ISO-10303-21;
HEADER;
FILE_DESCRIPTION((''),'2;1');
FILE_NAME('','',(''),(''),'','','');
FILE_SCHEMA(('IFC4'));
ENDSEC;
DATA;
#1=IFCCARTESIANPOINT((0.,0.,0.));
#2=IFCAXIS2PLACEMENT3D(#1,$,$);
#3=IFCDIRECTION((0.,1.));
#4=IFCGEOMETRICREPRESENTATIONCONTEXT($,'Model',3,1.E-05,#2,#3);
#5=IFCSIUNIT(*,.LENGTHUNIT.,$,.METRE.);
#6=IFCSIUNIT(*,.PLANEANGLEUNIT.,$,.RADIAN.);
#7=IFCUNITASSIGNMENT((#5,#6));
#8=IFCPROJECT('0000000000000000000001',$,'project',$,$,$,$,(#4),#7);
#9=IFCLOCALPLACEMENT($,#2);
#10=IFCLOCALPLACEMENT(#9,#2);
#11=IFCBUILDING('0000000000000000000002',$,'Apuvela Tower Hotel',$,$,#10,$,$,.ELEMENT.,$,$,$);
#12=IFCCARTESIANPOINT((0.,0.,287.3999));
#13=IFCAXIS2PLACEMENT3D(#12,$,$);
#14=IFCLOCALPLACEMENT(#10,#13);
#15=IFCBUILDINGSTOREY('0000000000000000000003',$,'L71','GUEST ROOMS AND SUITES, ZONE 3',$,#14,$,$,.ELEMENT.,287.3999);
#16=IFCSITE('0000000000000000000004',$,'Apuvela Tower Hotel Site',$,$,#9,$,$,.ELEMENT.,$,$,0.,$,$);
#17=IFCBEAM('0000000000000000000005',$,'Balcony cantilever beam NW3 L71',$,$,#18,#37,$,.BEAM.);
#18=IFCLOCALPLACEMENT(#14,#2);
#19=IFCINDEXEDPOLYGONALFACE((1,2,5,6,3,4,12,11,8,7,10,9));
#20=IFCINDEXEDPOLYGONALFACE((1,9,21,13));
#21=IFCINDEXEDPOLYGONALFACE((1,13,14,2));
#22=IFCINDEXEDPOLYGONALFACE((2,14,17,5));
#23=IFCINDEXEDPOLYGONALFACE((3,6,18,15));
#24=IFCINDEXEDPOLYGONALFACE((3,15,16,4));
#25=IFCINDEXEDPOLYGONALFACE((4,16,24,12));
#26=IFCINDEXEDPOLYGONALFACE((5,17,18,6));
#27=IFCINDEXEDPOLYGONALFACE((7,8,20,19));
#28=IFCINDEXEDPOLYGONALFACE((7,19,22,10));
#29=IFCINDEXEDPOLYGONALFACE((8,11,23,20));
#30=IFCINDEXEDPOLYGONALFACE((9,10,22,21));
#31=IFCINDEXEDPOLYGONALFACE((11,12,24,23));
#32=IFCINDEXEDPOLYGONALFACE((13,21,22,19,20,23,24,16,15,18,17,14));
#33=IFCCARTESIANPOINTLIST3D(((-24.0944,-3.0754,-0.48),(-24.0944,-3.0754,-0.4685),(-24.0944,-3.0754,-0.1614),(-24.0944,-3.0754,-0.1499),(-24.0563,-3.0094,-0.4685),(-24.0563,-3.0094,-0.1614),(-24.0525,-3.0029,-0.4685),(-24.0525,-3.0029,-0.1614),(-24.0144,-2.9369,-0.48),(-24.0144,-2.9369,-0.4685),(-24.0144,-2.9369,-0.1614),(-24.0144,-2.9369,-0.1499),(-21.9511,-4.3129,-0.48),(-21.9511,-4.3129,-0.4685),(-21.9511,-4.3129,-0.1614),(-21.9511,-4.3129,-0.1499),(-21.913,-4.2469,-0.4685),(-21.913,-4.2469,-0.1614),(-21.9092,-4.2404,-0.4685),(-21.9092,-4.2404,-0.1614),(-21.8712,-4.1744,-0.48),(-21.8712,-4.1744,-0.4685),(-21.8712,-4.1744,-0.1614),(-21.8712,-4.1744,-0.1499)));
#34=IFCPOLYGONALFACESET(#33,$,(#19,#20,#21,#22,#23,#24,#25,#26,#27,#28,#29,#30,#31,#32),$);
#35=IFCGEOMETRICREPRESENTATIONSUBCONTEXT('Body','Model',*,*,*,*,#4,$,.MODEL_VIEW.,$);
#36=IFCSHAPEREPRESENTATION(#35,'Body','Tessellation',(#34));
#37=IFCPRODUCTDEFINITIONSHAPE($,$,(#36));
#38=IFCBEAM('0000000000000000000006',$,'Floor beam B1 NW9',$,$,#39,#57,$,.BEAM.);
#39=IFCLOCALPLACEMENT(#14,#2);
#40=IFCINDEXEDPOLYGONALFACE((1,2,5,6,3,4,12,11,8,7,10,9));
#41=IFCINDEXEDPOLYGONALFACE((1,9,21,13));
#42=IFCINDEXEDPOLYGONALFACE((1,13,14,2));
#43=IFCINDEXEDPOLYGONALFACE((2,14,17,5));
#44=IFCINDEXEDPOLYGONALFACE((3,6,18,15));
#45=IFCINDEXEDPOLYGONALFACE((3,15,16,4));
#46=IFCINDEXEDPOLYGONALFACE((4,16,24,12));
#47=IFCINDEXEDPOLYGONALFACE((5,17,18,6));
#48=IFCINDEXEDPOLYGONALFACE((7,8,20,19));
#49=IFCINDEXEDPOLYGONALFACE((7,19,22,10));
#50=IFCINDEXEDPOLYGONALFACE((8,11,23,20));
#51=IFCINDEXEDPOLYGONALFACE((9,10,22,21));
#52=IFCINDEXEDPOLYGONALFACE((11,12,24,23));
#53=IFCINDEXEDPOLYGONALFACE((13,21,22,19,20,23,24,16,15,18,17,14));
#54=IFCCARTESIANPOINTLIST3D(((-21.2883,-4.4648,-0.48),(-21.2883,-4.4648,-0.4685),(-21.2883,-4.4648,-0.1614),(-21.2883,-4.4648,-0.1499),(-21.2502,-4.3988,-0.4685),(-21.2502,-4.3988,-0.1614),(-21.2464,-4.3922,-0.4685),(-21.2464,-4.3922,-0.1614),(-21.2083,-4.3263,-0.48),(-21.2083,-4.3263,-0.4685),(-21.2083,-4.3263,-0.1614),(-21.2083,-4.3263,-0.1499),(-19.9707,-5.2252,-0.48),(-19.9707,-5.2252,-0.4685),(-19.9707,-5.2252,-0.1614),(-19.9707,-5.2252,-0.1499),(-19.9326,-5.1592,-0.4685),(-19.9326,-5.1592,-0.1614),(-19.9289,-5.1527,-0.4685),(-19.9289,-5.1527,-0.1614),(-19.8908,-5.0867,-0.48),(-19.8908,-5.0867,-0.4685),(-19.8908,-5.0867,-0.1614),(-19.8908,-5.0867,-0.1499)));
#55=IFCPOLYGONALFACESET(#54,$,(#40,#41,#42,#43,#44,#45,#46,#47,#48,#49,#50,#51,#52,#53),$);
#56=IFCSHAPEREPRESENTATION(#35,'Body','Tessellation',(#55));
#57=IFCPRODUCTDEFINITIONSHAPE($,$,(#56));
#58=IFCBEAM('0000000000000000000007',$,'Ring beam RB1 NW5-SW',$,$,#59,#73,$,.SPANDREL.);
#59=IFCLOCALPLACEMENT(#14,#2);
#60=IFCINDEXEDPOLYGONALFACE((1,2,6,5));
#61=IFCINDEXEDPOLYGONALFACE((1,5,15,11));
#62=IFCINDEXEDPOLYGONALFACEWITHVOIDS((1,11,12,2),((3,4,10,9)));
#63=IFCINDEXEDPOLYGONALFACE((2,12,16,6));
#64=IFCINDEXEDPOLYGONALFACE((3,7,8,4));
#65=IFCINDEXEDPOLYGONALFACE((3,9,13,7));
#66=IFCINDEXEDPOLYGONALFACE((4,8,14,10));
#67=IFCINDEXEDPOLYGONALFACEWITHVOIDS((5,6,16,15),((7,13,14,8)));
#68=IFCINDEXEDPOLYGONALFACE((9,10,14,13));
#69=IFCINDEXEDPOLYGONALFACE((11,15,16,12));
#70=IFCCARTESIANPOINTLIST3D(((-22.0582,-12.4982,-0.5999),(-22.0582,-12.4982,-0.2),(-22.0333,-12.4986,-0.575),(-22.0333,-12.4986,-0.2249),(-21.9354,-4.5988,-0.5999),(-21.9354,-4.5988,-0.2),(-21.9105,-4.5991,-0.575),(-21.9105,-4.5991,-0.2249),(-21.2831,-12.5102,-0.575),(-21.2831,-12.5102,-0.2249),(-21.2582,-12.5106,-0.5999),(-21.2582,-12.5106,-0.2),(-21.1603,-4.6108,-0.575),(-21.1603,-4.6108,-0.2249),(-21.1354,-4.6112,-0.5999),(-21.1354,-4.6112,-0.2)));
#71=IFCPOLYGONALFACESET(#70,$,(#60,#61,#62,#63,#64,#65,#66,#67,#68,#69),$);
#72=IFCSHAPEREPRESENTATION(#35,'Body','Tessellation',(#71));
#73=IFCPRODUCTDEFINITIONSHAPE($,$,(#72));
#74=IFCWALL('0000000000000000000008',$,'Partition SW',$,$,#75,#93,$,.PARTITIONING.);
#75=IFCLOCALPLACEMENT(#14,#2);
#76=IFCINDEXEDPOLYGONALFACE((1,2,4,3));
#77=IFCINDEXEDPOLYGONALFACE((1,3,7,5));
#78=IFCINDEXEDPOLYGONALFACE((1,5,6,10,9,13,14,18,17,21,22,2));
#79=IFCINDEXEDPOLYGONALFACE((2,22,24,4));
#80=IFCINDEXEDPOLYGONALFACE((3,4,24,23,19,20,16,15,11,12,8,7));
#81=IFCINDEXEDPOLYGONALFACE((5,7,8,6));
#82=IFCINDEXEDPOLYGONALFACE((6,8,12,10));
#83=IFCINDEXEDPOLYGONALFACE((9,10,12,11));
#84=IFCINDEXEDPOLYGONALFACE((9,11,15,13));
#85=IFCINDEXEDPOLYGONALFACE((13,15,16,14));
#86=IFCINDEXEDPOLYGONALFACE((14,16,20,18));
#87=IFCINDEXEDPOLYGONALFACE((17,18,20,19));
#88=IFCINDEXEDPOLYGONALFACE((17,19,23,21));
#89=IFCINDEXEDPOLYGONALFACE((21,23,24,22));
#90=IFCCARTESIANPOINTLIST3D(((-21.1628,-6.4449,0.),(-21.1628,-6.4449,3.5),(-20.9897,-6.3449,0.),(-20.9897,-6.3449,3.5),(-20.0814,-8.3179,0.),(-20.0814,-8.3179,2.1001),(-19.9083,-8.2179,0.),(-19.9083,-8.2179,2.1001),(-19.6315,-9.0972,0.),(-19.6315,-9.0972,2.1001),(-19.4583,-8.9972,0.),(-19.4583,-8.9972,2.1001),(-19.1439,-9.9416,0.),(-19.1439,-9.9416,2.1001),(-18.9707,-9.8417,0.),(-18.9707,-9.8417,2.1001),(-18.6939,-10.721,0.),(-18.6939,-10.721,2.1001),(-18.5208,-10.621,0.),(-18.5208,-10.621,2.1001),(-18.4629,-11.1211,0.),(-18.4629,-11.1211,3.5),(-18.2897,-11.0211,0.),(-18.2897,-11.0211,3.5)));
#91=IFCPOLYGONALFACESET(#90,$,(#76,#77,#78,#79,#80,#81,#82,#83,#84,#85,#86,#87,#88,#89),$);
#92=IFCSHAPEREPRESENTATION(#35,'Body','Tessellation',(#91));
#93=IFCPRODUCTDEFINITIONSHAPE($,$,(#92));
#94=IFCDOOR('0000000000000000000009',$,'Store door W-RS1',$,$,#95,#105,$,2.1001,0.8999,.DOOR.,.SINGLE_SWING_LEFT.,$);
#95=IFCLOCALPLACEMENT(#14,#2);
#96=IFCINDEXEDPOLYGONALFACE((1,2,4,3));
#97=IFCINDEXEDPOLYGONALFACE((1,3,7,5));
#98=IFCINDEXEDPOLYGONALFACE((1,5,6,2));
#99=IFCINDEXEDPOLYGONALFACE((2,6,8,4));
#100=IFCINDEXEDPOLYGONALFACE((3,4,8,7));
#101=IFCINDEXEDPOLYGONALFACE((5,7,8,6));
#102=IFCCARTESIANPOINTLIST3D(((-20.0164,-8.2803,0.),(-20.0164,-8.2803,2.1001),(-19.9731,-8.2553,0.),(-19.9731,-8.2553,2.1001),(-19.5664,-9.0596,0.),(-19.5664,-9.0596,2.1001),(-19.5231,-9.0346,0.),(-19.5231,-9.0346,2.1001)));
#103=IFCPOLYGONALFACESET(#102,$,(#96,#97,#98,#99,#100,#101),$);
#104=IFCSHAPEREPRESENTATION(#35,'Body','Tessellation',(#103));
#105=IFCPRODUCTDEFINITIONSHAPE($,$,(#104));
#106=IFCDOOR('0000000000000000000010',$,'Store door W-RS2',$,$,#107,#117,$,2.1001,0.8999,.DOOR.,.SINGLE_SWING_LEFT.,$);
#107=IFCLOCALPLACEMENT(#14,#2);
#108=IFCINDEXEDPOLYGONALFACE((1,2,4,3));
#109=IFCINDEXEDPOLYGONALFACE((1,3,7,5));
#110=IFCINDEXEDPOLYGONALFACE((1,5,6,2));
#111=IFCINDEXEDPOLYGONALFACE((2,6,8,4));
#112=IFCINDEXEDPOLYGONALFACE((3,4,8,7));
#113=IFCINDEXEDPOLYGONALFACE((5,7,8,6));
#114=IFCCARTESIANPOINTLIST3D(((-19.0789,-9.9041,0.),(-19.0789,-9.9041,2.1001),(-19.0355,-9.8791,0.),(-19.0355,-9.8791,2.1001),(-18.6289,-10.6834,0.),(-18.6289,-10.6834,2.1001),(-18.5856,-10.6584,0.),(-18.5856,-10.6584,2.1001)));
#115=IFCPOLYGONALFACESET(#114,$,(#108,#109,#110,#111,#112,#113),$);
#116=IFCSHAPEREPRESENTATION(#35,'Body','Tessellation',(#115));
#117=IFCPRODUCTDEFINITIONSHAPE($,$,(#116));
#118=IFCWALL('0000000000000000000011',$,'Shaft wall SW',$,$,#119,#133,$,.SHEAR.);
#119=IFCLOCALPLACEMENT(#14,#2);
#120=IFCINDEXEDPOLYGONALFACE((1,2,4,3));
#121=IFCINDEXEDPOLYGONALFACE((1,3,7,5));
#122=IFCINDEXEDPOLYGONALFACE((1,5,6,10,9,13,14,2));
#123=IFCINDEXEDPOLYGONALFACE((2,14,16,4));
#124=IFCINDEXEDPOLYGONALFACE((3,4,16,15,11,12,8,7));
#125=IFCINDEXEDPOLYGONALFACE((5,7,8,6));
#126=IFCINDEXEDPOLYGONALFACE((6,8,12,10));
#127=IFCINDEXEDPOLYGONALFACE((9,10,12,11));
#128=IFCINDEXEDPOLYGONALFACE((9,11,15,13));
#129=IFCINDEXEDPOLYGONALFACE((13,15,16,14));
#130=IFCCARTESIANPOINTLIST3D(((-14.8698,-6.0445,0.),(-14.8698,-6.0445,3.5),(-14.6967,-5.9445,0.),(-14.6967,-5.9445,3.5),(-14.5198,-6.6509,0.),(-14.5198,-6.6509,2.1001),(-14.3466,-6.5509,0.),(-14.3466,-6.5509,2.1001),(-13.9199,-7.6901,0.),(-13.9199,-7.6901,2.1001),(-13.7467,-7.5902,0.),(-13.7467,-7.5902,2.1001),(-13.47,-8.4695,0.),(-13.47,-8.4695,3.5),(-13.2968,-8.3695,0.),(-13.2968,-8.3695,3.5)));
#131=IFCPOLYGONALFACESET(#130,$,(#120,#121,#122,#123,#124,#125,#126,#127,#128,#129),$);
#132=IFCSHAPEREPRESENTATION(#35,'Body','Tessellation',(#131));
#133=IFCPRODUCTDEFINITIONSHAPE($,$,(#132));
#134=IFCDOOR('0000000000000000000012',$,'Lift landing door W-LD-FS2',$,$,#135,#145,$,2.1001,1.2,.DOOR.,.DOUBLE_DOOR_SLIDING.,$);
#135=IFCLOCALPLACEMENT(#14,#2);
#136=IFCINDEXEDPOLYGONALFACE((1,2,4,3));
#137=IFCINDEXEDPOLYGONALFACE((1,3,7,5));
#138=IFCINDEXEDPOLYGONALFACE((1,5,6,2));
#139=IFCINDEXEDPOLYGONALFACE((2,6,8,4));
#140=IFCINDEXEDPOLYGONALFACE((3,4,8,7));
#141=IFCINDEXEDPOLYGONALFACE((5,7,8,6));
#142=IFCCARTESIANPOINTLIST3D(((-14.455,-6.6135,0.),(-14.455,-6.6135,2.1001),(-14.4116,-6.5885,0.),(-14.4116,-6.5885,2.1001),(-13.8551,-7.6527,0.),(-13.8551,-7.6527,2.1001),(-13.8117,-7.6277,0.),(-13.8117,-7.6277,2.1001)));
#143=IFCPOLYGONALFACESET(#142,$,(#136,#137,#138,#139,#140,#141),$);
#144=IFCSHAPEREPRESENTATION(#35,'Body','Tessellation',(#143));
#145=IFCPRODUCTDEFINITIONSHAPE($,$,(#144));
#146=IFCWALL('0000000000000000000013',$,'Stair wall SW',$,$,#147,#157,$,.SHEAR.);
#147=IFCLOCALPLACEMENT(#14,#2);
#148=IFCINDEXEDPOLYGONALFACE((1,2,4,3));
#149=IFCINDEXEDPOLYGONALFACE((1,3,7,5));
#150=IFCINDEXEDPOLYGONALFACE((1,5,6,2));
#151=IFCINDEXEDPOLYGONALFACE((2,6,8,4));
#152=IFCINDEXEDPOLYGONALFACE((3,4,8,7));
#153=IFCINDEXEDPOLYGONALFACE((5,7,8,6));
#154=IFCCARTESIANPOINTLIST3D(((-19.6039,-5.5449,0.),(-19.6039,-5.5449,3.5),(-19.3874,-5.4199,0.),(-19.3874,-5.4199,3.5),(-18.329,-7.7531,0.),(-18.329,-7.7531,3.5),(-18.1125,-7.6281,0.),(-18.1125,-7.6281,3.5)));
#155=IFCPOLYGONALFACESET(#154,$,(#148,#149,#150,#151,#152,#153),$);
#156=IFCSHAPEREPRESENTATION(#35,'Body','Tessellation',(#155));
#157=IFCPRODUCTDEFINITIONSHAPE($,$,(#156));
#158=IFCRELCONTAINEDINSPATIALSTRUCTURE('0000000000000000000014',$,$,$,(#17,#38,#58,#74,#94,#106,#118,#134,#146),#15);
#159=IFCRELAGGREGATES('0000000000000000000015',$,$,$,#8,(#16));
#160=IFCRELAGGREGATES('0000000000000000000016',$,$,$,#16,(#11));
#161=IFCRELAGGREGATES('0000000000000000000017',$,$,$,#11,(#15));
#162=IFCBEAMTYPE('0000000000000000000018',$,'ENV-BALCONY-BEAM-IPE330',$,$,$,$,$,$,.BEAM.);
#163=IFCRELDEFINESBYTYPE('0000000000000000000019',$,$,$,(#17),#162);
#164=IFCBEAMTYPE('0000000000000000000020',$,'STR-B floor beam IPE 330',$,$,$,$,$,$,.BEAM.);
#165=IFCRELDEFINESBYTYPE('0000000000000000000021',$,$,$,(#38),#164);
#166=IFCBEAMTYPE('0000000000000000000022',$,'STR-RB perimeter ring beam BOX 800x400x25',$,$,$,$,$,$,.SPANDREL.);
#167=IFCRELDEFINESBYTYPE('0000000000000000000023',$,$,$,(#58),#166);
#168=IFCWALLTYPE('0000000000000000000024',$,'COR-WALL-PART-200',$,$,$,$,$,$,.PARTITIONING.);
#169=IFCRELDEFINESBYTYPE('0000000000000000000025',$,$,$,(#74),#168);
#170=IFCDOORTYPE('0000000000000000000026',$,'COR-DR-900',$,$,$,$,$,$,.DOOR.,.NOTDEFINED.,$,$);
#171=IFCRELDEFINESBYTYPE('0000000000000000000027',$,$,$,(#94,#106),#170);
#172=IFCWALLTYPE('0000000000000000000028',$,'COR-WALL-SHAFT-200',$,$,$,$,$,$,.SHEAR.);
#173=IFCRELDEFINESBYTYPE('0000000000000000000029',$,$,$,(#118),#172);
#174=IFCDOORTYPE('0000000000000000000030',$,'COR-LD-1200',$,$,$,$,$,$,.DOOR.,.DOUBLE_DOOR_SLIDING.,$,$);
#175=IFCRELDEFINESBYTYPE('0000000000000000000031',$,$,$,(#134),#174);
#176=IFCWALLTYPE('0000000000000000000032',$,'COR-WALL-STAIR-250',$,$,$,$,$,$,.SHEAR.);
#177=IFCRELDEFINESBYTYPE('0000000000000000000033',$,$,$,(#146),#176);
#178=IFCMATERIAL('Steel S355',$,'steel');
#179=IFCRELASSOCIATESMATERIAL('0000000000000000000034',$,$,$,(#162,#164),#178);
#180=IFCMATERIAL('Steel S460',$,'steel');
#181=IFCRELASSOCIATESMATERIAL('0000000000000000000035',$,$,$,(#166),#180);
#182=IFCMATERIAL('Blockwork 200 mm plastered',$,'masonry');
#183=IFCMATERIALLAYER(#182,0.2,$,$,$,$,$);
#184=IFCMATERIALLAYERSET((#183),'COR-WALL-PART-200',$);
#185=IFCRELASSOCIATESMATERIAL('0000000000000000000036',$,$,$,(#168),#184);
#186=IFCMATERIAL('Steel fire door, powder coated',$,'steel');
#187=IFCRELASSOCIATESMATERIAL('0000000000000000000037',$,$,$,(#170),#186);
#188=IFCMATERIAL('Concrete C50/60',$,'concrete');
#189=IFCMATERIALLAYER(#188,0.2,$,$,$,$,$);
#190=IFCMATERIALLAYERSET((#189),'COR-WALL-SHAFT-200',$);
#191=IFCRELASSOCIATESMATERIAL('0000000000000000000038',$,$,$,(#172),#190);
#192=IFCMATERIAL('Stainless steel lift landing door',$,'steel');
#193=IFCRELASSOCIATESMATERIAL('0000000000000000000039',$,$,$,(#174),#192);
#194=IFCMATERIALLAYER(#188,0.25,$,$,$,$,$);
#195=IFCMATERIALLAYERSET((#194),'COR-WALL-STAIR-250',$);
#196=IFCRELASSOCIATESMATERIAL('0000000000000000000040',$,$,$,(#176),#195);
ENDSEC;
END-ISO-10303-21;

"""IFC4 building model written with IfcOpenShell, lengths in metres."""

from ifc_helpers import new_model, si_unit, direction, frame, frame_2d, origin, origin_2d, place, context, subcontext, project, spatial, rectangle, hollow_rectangle, i_section, extrude, material, layer, layer_set, material_profile, profile_set, type_object, element, fill, save


model = new_model("IFC4")

# Units and contexts
model_context = context("Model", 3, precision=1e-05, world=origin(), true_north=direction((0.0, 1.0)))
body_context = subcontext(model_context, "Body", "Model", "MODEL_VIEW")
ifc_project = project(units=[si_unit("LENGTHUNIT", "METRE"), si_unit("PLANEANGLEUNIT", "RADIAN")], contexts=[model_context])

# Site, building, storey
site_placement = place(None, origin())
site = spatial("IfcSite", under=ifc_project, at=site_placement, Name="Apuvela Tower Hotel Site", CompositionType="ELEMENT", RefElevation=0.0)
building_placement = place(site_placement, origin())
building = spatial("IfcBuilding", under=site, at=building_placement, Name="Apuvela Tower Hotel", CompositionType="ELEMENT")
storey_placement = place(building_placement, frame((0.0, 0.0, 287.3999)))
storey = spatial("IfcBuildingStorey", under=building, at=storey_placement, Name="L71", Description="GUEST ROOMS AND SUITES, ZONE 3", CompositionType="ELEMENT", Elevation=287.3999)

# Shared definitions
ifc_material_1 = material(Name="Steel S460", Category="steel")

# Beams
ifc_material_2 = material(Name="Steel S355", Category="steel")
ifc_material_profile_1 = material_profile(ifc_material_2, i_section(OverallWidth=0.1599, OverallDepth=0.3301, WebThickness=0.0076, FlangeThickness=0.0115, at=origin_2d()), Name="IPE 330")
ifc_profile_set_1 = profile_set([ifc_material_profile_1], Name="Steel S355")
beam_type_1 = type_object("IfcBeamType", Name="ENV-BALCONY-BEAM-IPE330", PredefinedType="BEAM", material=ifc_profile_set_1)
beam_1_placement = place(storey_placement, frame((-21.9111, -4.2437, -0.3149), z_axis=(-0.866007, 0.500033, 0.0), x_axis=(-0.500033, -0.866007, 0.0)))
element("IfcBeam", 1, at=beam_1_placement, inside=storey, type_object=beam_type_1, Name="Balcony cantilever beam NW3 L71", PredefinedType="BEAM", context=body_context, shape_type="SweptSolid", body=[
    extrude(i_section(OverallWidth=0.1599, OverallDepth=0.3301, WebThickness=0.0076, FlangeThickness=0.0115, at=origin_2d()), origin(), (0.0, 0.0, 1.0), 2.4749),
])
ifc_material_profile_2 = material_profile(ifc_material_2, i_section(OverallWidth=0.1599, OverallDepth=0.3301, WebThickness=0.0076, FlangeThickness=0.0115, at=origin_2d()), Name="IPE 330")
ifc_profile_set_2 = profile_set([ifc_material_profile_2], Name="Steel S355")
beam_type_2 = type_object("IfcBeamType", Name="STR-B floor beam IPE 330", PredefinedType="BEAM", material=ifc_profile_set_2)
beam_2_placement = place(storey_placement, frame((-21.2483, -4.3955, -0.3149), z_axis=(0.866092, -0.499885, 0.0), x_axis=(0.499885, 0.866092, 0.0)))
element("IfcBeam", 2, at=beam_2_placement, inside=storey, type_object=beam_type_2, Name="Floor beam B1 NW9", PredefinedType="BEAM", context=body_context, shape_type="SweptSolid", body=[
    extrude(i_section(OverallWidth=0.1599, OverallDepth=0.3301, WebThickness=0.0076, FlangeThickness=0.0115, at=origin_2d()), origin(), (0.0, 0.0, 1.0), 1.5212),
])
ifc_material_profile_3 = material_profile(ifc_material_1, hollow_rectangle(XDim=0.8, YDim=0.3999, WallThickness=0.0249, at=origin_2d()), Name="BOX 800x400x25")
ifc_profile_set_3 = profile_set([ifc_material_profile_3], Name="Steel S460")
beam_type_3 = type_object("IfcBeamType", Name="STR-RB perimeter ring beam BOX 800x400x25", PredefinedType="SPANDREL", material=ifc_profile_set_3)
beam_3_placement = place(storey_placement, frame((-21.5354, -4.605, -0.3999), z_axis=(-0.015544, -0.999879, 0.0), x_axis=(0.999879, -0.015544, 0.0)))
element("IfcBeam", 3, at=beam_3_placement, inside=storey, type_object=beam_type_3, Name="Ring beam RB1 NW5-SW", PredefinedType="SPANDREL", context=body_context, shape_type="SweptSolid", body=[
    extrude(hollow_rectangle(XDim=0.8, YDim=0.3999, WallThickness=0.0249, at=origin_2d()), origin(), (0.0, 0.0, 1.0), 7.9004),
])

# Wall, openings, doors
ifc_material_3 = material(Name="Blockwork 200 mm plastered", Category="masonry")
ifc_layer_1 = layer(ifc_material_3, 0.2)
ifc_layer_set_1 = layer_set([ifc_layer_1], Name="COR-WALL-PART-200")
wall_type_1 = type_object("IfcWallType", Name="COR-WALL-PART-200", PredefinedType="PARTITIONING", material=ifc_layer_set_1)
wall_1_placement = place(storey_placement, frame((-21.0762, -6.395, 0.0), z_axis=(0.0, 0.0, 1.0), x_axis=(0.500015, -0.866017, 0.0)))
wall_1 = element("IfcWall", 4, at=wall_1_placement, inside=storey, type_object=wall_type_1, Name="Partition SW", PredefinedType="PARTITIONING", context=body_context, shape_type="SweptSolid", body=[
    extrude(rectangle(XDim=5.3997, YDim=0.2, at=frame_2d((2.6997, 0.0))), origin(), (0.0, 0.0, 1.0), 3.5),
])
opening_1_placement = place(wall_1_placement, frame((2.1626, 0.0, 0.0)))
opening_1 = element("IfcOpeningElement", 5, at=opening_1_placement, cuts=wall_1, PredefinedType="OPENING", context=body_context, shape_type="SweptSolid", body=[
    extrude(rectangle(XDim=0.8999, YDim=2.1001, at=frame_2d((0.45, 1.05))), frame((0.0, 0.1099, 0.0), z_axis=(0.0, -1.0, 0.0), x_axis=(1.0, 0.0, 0.0)), (0.0, 0.0, 1.0), 0.22),
])
opening_2_placement = place(wall_1_placement, frame((4.0376, 0.0, 0.0)))
opening_2 = element("IfcOpeningElement", 6, at=opening_2_placement, cuts=wall_1, PredefinedType="OPENING", context=body_context, shape_type="SweptSolid", body=[
    extrude(rectangle(XDim=0.8999, YDim=2.1001, at=frame_2d((0.45, 1.05))), frame((0.0, 0.1099, 0.0), z_axis=(0.0, -1.0, 0.0), x_axis=(1.0, 0.0, 0.0)), (0.0, 0.0, 1.0), 0.22),
])
ifc_material_4 = material(Name="Steel fire door, powder coated", Category="steel")
door_type_1 = type_object("IfcDoorType", Name="COR-DR-900", OperationType="NOTDEFINED", PredefinedType="DOOR", material=ifc_material_4)
door_1_placement = place(opening_1_placement, frame((0.8999, 0.0, 0.0), z_axis=(0.0, 0.0, 1.0), x_axis=(-1.0, 0.0, 0.0)))
door_1 = element("IfcDoor", 7, at=door_1_placement, inside=storey, type_object=door_type_1, Name="Store door W-RS1", OperationType="SINGLE_SWING_LEFT", OverallHeight=2.1001, OverallWidth=0.8999, PredefinedType="DOOR", context=body_context, shape_type="SweptSolid", body=[
    extrude(rectangle(XDim=0.8999, YDim=2.1001, at=frame_2d((0.45, 1.05))), frame((0.0, 0.0249, 0.0), z_axis=(0.0, -1.0, 0.0), x_axis=(1.0, 0.0, 0.0)), (0.0, 0.0, 1.0), 0.05),
])
fill(opening_1, door_1)
door_2_placement = place(opening_2_placement, frame((0.8999, 0.0, 0.0), z_axis=(0.0, 0.0, 1.0), x_axis=(-1.0, 0.0, 0.0)))
door_2 = element("IfcDoor", 8, at=door_2_placement, inside=storey, type_object=door_type_1, Name="Store door W-RS2", OperationType="SINGLE_SWING_LEFT", OverallHeight=2.1001, OverallWidth=0.8999, PredefinedType="DOOR", context=body_context, shape_type="SweptSolid", body=[
    extrude(rectangle(XDim=0.8999, YDim=2.1001, at=frame_2d((0.45, 1.05))), frame((0.0, 0.0249, 0.0), z_axis=(0.0, -1.0, 0.0), x_axis=(1.0, 0.0, 0.0)), (0.0, 0.0, 1.0), 0.05),
])
fill(opening_2, door_2)

# Wall, opening, door
ifc_material_5 = material(Name="Concrete C50/60", Category="concrete")
ifc_layer_2 = layer(ifc_material_5, 0.2)
ifc_layer_set_2 = layer_set([ifc_layer_2], Name="COR-WALL-SHAFT-200")
wall_type_2 = type_object("IfcWallType", Name="COR-WALL-SHAFT-200", PredefinedType="SHEAR", material=ifc_layer_set_2)
wall_2_placement = place(storey_placement, frame((-14.7832, -5.9946, 0.0), z_axis=(0.0, 0.0, 1.0), x_axis=(0.499946, -0.866056, 0.0)))
wall_2 = element("IfcWall", 9, at=wall_2_placement, inside=storey, type_object=wall_type_2, Name="Shaft wall SW", PredefinedType="SHEAR", context=body_context, shape_type="SweptSolid", body=[
    extrude(rectangle(XDim=2.8, YDim=0.2, at=frame_2d((1.3999, 0.0))), origin(), (0.0, 0.0, 1.0), 3.5),
])
opening_3_placement = place(wall_2_placement, frame((0.7, 0.0, 0.0)))
opening_3 = element("IfcOpeningElement", 10, at=opening_3_placement, cuts=wall_2, PredefinedType="OPENING", context=body_context, shape_type="SweptSolid", body=[
    extrude(rectangle(XDim=1.2, YDim=2.1001, at=frame_2d((0.6001, 1.05))), frame((0.0, 0.1099, 0.0), z_axis=(0.0, -1.0, 0.0), x_axis=(1.0, 0.0, 0.0)), (0.0, 0.0, 1.0), 0.22),
])
ifc_material_6 = material(Name="Stainless steel lift landing door", Category="steel")
door_type_2 = type_object("IfcDoorType", Name="COR-LD-1200", OperationType="DOUBLE_DOOR_SLIDING", PredefinedType="DOOR", material=ifc_material_6)
door_3_placement = place(opening_3_placement, origin())
door_3 = element("IfcDoor", 11, at=door_3_placement, inside=storey, type_object=door_type_2, Name="Lift landing door W-LD-FS2", OperationType="DOUBLE_DOOR_SLIDING", OverallHeight=2.1001, OverallWidth=1.2, PredefinedType="DOOR", context=body_context, shape_type="SweptSolid", body=[
    extrude(rectangle(XDim=1.2, YDim=2.1001, at=frame_2d((0.6001, 1.05))), frame((0.0, 0.0249, 0.0), z_axis=(0.0, -1.0, 0.0), x_axis=(1.0, 0.0, 0.0)), (0.0, 0.0, 1.0), 0.05),
])
fill(opening_3, door_3)

# Wall
ifc_layer_3 = layer(ifc_material_5, 0.25)
ifc_layer_set_3 = layer_set([ifc_layer_3], Name="COR-WALL-STAIR-250")
wall_type_3 = type_object("IfcWallType", Name="COR-WALL-STAIR-250", PredefinedType="SHEAR", material=ifc_layer_set_3)
wall_3_placement = place(storey_placement, frame((-19.4956, -5.4824, 0.0), z_axis=(0.0, 0.0, 1.0), x_axis=(0.49999, -0.866031, 0.0)))
element("IfcWall", 12, at=wall_3_placement, inside=storey, type_object=wall_type_3, Name="Stair wall SW", PredefinedType="SHEAR", context=body_context, shape_type="SweptSolid", body=[
    extrude(rectangle(XDim=2.5498, YDim=0.25, at=frame_2d((1.2749, 0.0))), origin(), (0.0, 0.0, 1.0), 3.5),
])

save(model, "model.ifc")
